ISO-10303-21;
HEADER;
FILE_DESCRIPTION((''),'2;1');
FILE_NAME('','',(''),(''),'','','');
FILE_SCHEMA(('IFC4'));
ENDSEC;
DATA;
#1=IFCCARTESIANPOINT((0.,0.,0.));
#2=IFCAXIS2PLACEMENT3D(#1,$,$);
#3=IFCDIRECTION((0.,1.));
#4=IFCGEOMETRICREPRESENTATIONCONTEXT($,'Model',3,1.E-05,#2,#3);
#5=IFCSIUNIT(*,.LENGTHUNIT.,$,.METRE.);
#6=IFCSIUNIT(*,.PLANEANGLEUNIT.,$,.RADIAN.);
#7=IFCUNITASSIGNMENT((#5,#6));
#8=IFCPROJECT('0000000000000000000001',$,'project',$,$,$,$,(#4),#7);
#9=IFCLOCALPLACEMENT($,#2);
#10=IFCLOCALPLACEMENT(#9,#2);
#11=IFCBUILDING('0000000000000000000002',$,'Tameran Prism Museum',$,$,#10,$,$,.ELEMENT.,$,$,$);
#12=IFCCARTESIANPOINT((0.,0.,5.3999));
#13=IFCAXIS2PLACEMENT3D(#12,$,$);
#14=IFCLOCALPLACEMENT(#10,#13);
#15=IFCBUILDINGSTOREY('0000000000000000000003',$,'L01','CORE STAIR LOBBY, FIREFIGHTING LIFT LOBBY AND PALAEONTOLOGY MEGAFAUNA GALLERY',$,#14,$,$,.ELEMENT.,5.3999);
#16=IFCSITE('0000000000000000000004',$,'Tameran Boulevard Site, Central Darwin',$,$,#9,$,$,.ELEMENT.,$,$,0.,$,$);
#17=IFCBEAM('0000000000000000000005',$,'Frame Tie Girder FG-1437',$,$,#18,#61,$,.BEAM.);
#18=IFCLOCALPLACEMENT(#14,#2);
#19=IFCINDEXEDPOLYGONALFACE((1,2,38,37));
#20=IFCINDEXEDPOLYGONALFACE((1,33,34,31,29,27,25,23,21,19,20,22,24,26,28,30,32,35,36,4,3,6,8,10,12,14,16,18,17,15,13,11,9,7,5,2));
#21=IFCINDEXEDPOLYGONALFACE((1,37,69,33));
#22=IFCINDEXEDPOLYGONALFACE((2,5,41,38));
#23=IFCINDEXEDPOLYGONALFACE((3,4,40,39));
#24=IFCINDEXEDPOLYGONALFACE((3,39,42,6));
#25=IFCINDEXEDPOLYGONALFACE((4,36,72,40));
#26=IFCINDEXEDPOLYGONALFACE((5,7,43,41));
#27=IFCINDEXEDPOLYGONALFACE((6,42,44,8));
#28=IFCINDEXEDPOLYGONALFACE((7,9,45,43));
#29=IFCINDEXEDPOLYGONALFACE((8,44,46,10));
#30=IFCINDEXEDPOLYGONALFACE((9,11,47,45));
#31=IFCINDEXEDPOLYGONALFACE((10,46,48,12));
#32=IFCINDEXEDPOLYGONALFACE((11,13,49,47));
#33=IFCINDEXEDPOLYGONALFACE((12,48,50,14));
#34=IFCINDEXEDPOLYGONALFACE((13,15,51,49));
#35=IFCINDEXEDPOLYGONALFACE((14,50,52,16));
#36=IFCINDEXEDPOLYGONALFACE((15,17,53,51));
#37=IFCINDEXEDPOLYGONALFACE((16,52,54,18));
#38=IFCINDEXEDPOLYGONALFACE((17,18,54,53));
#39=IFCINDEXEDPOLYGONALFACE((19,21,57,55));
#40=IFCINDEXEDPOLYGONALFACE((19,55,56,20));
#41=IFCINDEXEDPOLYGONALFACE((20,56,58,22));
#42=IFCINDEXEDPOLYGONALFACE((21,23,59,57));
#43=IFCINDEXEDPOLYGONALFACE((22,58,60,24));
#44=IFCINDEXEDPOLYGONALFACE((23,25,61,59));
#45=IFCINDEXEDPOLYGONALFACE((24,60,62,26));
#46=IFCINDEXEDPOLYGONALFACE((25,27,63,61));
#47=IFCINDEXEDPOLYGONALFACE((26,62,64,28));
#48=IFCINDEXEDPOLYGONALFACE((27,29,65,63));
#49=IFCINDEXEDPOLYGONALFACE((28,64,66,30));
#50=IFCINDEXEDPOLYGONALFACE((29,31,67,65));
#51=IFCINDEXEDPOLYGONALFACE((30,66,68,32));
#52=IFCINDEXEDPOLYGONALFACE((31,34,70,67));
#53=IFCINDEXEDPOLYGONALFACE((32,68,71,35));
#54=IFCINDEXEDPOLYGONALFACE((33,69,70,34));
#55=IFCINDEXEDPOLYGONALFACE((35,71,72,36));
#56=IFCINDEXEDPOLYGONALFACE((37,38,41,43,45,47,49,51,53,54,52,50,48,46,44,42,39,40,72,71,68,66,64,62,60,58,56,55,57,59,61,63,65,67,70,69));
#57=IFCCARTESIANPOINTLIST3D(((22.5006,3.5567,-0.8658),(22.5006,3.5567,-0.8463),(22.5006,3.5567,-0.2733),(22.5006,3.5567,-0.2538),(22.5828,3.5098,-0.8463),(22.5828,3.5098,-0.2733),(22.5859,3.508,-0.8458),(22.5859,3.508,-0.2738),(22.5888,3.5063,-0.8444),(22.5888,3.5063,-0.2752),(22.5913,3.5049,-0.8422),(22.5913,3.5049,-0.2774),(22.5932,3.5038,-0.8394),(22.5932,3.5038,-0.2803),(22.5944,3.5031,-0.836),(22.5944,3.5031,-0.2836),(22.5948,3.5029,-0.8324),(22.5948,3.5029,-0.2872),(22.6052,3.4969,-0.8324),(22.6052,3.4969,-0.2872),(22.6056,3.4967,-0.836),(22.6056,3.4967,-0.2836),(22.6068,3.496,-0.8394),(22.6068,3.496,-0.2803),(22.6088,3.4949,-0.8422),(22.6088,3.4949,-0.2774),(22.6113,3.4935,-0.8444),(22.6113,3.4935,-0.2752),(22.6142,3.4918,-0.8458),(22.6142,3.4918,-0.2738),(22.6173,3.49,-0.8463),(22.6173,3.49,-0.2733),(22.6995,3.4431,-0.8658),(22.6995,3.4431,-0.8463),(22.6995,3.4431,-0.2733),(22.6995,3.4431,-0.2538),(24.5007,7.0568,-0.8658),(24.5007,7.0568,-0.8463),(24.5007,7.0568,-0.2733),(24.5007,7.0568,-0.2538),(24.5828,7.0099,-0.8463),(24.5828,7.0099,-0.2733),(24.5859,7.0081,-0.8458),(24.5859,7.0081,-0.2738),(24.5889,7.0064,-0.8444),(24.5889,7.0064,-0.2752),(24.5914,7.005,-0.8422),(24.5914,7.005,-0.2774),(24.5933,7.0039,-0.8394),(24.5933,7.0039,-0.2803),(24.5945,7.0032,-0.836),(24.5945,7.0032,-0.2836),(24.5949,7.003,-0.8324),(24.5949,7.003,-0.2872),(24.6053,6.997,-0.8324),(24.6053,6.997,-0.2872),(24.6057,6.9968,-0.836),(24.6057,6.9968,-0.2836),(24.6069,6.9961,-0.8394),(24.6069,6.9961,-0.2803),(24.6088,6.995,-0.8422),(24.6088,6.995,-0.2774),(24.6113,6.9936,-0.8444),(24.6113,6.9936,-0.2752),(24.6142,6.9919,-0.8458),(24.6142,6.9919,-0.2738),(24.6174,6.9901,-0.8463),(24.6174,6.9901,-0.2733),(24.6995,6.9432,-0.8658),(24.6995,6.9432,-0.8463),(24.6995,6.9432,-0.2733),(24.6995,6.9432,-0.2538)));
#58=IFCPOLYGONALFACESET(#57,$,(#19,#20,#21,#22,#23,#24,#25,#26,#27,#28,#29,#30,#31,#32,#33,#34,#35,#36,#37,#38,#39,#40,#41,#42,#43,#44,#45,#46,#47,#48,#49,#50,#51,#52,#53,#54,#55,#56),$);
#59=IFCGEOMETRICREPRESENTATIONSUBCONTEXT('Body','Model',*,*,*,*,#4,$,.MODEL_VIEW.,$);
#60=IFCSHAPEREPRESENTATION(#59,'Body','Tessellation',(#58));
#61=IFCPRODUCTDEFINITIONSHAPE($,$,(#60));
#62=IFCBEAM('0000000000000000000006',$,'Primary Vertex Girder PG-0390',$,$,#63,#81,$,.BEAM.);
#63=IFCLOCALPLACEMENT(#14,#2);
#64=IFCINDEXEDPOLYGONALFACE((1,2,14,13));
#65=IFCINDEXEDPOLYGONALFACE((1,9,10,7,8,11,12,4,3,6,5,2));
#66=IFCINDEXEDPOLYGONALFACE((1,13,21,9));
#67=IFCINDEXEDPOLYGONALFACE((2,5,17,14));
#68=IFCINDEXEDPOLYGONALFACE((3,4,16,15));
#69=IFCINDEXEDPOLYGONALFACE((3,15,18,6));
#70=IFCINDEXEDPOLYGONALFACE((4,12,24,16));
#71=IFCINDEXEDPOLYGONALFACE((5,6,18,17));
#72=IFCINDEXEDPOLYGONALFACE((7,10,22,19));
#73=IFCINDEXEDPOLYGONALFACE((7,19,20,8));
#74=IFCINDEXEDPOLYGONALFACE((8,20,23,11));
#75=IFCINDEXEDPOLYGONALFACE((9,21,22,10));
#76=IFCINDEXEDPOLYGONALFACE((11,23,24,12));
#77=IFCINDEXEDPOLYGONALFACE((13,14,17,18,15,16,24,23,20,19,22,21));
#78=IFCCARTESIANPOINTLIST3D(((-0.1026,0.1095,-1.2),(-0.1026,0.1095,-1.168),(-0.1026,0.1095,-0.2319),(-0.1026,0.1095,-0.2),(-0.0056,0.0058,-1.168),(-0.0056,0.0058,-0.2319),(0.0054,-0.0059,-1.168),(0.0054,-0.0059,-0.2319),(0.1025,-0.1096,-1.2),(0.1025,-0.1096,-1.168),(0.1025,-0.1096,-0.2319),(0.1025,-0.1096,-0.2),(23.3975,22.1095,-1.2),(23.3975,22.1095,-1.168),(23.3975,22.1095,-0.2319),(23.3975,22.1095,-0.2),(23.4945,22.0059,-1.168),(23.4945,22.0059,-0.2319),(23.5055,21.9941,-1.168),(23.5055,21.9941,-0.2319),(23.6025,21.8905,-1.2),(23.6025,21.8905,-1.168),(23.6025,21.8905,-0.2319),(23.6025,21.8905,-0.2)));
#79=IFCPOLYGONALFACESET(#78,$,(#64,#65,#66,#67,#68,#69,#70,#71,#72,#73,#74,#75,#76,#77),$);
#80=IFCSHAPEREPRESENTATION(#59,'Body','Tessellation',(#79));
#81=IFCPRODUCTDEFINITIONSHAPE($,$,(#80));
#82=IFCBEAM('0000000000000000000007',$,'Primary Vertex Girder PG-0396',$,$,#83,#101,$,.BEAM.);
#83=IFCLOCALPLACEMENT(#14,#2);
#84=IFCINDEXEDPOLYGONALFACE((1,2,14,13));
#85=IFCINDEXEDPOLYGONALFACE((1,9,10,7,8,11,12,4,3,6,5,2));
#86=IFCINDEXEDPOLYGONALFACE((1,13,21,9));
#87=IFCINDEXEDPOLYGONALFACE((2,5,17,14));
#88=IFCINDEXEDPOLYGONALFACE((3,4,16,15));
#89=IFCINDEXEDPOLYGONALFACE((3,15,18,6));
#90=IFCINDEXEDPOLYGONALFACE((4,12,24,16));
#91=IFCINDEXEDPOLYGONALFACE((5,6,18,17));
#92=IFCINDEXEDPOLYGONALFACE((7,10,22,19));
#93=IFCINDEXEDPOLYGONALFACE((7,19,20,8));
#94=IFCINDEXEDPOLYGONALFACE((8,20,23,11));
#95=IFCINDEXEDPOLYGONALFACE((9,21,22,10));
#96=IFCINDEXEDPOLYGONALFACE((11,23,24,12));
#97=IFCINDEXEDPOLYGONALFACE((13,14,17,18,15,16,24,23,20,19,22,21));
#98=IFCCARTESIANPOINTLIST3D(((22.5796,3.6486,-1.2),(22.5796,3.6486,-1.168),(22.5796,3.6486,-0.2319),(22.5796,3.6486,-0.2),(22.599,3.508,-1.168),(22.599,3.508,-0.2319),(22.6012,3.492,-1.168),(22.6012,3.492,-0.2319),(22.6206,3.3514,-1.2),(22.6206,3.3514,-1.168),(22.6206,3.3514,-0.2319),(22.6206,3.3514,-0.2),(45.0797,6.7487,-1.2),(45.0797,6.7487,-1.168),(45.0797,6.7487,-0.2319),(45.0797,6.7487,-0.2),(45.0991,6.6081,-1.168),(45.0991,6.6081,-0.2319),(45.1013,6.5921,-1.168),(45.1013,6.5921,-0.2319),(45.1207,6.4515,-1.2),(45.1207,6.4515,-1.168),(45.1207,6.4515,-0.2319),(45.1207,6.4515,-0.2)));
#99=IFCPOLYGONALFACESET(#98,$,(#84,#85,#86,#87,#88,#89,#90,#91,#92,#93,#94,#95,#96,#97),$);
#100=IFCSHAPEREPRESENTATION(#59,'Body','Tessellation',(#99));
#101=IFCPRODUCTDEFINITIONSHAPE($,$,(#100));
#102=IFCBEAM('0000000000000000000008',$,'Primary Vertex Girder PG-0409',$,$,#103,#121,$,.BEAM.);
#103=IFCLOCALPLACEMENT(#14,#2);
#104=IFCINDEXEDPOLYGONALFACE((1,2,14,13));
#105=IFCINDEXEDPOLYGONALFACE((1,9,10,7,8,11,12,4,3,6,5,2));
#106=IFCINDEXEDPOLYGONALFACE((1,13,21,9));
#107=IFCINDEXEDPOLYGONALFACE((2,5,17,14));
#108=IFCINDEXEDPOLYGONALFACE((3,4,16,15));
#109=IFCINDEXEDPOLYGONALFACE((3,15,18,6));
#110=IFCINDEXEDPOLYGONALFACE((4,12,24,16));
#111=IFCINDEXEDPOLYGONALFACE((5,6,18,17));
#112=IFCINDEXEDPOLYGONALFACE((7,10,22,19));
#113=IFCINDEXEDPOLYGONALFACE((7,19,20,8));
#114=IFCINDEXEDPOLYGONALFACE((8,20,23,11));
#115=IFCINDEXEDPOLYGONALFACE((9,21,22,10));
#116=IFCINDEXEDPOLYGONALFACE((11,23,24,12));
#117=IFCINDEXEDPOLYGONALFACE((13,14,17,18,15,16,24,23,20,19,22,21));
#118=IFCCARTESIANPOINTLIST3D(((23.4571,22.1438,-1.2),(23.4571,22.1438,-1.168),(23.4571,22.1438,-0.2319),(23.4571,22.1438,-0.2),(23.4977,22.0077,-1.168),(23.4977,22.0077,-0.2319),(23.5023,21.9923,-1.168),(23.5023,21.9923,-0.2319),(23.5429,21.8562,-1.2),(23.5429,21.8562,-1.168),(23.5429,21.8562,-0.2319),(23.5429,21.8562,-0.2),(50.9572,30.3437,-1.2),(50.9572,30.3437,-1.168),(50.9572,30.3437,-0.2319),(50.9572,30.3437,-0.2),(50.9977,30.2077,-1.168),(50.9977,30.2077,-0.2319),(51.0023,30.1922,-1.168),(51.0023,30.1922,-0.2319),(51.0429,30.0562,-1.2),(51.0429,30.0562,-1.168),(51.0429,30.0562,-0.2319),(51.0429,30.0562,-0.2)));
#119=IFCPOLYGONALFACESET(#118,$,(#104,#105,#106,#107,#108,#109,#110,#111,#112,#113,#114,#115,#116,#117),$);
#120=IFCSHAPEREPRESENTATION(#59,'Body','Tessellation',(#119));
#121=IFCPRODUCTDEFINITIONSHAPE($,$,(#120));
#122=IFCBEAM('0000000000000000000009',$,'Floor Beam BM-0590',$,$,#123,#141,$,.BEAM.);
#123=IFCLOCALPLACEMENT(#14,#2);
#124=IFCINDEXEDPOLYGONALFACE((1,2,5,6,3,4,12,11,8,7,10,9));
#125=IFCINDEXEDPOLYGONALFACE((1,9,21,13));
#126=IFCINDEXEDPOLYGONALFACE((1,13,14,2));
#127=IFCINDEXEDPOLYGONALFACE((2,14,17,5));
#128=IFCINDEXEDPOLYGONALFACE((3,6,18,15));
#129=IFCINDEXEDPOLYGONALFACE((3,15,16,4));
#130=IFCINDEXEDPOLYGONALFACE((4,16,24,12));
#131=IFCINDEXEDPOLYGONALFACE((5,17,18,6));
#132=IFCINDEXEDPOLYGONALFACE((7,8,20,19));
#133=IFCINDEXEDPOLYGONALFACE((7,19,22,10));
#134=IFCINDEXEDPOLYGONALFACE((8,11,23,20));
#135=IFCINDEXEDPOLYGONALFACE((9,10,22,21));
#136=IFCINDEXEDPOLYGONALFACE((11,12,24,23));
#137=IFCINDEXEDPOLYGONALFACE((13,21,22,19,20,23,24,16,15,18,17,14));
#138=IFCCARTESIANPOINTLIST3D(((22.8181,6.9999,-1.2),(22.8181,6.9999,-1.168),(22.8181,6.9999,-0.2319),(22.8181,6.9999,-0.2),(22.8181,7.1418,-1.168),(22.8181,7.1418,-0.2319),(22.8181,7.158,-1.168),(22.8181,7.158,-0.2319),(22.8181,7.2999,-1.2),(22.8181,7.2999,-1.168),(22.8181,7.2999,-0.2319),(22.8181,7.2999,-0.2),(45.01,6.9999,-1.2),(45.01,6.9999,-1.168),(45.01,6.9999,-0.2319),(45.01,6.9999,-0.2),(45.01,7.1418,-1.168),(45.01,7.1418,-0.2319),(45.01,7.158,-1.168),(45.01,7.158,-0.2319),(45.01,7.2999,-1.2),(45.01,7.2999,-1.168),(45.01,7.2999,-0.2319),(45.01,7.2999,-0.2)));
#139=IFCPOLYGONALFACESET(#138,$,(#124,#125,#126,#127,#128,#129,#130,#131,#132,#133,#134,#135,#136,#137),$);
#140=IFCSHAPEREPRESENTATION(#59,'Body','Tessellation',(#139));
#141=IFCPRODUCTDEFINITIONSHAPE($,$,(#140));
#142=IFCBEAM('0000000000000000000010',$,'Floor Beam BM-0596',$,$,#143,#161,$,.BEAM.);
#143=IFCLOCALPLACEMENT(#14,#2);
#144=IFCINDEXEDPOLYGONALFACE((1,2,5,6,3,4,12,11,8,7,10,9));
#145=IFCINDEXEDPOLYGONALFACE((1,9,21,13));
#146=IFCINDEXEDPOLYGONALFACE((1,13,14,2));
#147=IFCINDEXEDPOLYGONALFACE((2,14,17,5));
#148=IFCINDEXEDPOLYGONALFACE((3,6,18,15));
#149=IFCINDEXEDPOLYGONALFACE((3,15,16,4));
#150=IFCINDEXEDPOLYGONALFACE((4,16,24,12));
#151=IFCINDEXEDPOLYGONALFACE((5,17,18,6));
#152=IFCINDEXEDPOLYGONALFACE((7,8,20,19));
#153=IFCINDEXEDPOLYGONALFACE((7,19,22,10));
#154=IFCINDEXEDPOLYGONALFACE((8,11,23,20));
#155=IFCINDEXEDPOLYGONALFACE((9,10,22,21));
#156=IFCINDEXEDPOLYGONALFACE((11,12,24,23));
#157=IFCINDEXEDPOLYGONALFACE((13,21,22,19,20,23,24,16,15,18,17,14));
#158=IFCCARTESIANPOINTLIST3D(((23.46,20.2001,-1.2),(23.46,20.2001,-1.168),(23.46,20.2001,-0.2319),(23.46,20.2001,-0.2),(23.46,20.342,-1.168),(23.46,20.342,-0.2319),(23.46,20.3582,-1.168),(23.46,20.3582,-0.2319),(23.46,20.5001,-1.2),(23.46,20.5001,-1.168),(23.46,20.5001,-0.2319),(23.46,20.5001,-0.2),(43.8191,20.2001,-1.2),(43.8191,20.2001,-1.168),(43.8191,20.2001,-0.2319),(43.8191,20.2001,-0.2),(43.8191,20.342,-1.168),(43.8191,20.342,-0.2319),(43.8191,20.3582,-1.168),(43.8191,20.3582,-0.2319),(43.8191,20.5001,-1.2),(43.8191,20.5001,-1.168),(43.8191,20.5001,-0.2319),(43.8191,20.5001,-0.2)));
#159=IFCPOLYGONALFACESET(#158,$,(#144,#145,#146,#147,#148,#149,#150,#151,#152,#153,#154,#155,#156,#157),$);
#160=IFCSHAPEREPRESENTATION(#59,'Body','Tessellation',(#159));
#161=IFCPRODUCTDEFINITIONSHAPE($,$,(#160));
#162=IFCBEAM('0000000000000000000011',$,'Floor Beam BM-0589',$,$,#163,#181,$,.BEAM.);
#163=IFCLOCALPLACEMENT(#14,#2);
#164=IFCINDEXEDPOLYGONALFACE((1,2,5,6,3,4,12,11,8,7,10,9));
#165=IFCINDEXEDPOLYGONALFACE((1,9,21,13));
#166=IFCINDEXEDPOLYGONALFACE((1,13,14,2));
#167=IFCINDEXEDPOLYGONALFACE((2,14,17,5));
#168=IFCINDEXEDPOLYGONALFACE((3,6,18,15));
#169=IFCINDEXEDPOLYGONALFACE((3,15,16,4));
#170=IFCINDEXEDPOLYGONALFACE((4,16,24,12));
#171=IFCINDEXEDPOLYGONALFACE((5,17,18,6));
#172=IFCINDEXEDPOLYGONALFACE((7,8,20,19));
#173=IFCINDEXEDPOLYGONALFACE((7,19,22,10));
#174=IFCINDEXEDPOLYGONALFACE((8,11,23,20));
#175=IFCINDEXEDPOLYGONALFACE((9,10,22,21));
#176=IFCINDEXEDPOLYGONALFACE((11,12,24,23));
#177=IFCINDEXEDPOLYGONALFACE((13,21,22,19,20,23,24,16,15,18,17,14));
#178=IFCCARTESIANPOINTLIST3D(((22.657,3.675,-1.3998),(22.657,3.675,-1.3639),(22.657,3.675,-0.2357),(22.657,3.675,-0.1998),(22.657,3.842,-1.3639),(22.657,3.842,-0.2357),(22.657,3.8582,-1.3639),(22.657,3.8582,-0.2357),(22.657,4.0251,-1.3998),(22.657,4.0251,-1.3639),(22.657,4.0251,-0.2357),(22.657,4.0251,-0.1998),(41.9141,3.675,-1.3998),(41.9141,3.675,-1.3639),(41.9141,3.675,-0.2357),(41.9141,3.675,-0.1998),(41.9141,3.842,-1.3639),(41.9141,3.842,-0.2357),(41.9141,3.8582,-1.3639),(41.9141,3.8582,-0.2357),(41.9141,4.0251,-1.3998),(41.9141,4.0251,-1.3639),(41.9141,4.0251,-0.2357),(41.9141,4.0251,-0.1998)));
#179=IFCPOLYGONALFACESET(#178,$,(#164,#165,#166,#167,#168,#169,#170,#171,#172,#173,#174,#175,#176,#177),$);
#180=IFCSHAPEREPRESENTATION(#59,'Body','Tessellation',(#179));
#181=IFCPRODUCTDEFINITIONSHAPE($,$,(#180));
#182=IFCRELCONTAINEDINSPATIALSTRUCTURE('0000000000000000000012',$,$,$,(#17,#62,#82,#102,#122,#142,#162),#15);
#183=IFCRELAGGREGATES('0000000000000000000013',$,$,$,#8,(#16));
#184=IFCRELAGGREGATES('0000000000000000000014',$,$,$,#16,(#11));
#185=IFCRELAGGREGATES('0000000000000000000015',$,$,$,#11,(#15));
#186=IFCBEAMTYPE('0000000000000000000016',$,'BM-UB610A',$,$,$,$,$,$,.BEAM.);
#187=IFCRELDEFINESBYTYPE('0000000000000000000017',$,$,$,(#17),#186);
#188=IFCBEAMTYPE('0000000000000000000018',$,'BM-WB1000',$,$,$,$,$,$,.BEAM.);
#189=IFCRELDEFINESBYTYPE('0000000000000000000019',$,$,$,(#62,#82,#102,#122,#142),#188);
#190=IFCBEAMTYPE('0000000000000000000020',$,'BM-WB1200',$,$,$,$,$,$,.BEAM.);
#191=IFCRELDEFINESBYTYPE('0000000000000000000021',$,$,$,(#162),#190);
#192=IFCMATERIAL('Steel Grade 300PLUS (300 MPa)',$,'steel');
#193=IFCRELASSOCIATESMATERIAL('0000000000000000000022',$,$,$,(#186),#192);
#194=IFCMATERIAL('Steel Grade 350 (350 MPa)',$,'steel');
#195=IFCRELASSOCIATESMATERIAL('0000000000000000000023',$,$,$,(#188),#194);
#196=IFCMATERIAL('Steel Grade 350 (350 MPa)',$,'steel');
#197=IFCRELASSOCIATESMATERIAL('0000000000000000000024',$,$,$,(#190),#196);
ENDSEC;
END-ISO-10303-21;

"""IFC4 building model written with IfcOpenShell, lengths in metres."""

from ifc_helpers import new_model, si_unit, direction, frame, origin, origin_2d, place, context, subcontext, project, spatial, i_section, extrude, material, material_profile, profile_set, type_object, element, save


model = new_model("IFC4")

# Units and contexts
model_context = context("Model", 3, precision=1e-05, world=origin(), true_north=direction((0.0, 1.0)))
body_context = subcontext(model_context, "Body", "Model", "MODEL_VIEW")
ifc_project = project(units=[si_unit("LENGTHUNIT", "METRE"), si_unit("PLANEANGLEUNIT", "RADIAN")], contexts=[model_context])

# Site, building, storey
site_placement = place(None, origin())
site = spatial("IfcSite", under=ifc_project, at=site_placement, Name="Tameran Boulevard Site, Central Darwin", CompositionType="ELEMENT", RefElevation=0.0)
building_placement = place(site_placement, origin())
building = spatial("IfcBuilding", under=site, at=building_placement, Name="Tameran Prism Museum", CompositionType="ELEMENT")
storey_placement = place(building_placement, frame((0.0, 0.0, 5.3999)))
storey = spatial("IfcBuildingStorey", under=building, at=storey_placement, Name="L01", Description="CORE STAIR LOBBY, FIREFIGHTING LIFT LOBBY AND PALAEONTOLOGY MEGAFAUNA GALLERY", CompositionType="ELEMENT", Elevation=5.3999)

# Beams
ifc_material_1 = material(Name="Steel Grade 300PLUS (300 MPa)", Category="steel")
ifc_material_profile_1 = material_profile(ifc_material_1, i_section(OverallWidth=0.229, OverallDepth=0.6121, WebThickness=0.012, FlangeThickness=0.0195, FilletRadius=0.0139, at=origin_2d()))
ifc_profile_set_1 = profile_set([ifc_material_profile_1])
beam_type_1 = type_object("IfcBeamType", Name="BM-UB610A", PredefinedType="BEAM", material=ifc_profile_set_1)
beam_1_placement = place(storey_placement, frame((24.6001, 7.0, -0.5598), z_axis=(-0.496139, -0.868243, 0.0), x_axis=(0.868243, -0.496139, 0.0)))
element("IfcBeam", 1, at=beam_1_placement, inside=storey, type_object=beam_type_1, Name="Frame Tie Girder FG-1437", PredefinedType="BEAM", context=body_context, shape_type="SweptSolid", body=[
    extrude(i_section(OverallWidth=0.229, OverallDepth=0.6121, WebThickness=0.012, FlangeThickness=0.0195, FilletRadius=0.0139, at=origin_2d()), origin(), (0.0, 0.0, 1.0), 4.0312),
])
ifc_material_2 = material(Name="Steel Grade 350 (350 MPa)", Category="steel")
ifc_material_profile_2 = material_profile(ifc_material_2, i_section(OverallWidth=0.3, OverallDepth=1.0, WebThickness=0.0161, FlangeThickness=0.032, at=origin_2d()))
ifc_profile_set_2 = profile_set([ifc_material_profile_2])
beam_type_2 = type_object("IfcBeamType", Name="BM-WB1000", PredefinedType="BEAM", material=ifc_profile_set_2)
beam_2_placement = place(storey_placement, frame((23.5, 22.0, -0.7), z_axis=(-0.730021, -0.683424, 0.0), x_axis=(0.683424, -0.730021, 0.0)))
element("IfcBeam", 2, at=beam_2_placement, inside=storey, type_object=beam_type_2, Name="Primary Vertex Girder PG-0390", PredefinedType="BEAM", context=body_context, shape_type="SweptSolid", body=[
    extrude(i_section(OverallWidth=0.3, OverallDepth=1.0, WebThickness=0.0161, FlangeThickness=0.032, at=origin_2d()), origin(), (0.0, 0.0, 1.0), 32.1909),
])
beam_3_placement = place(storey_placement, frame((22.6001, 3.5, -0.7), z_axis=(0.990641, 0.136493, 0.0), x_axis=(-0.136493, 0.990641, 0.0)))
element("IfcBeam", 3, at=beam_3_placement, inside=storey, type_object=beam_type_2, Name="Primary Vertex Girder PG-0396", PredefinedType="BEAM", context=body_context, shape_type="SweptSolid", body=[
    extrude(i_section(OverallWidth=0.3, OverallDepth=1.0, WebThickness=0.0161, FlangeThickness=0.032, at=origin_2d()), origin(), (0.0, 0.0, 1.0), 22.7126),
])
beam_4_placement = place(storey_placement, frame((23.5, 22.0, -0.7), z_axis=(0.958305, 0.285747, 0.0), x_axis=(-0.285747, 0.958305, 0.0)))
element("IfcBeam", 4, at=beam_4_placement, inside=storey, type_object=beam_type_2, Name="Primary Vertex Girder PG-0409", PredefinedType="BEAM", context=body_context, shape_type="SweptSolid", body=[
    extrude(i_section(OverallWidth=0.3, OverallDepth=1.0, WebThickness=0.0161, FlangeThickness=0.032, at=origin_2d()), origin(), (0.0, 0.0, 1.0), 28.6965),
])
beam_5_placement = place(storey_placement, frame((22.8181, 7.1499, -0.7), z_axis=(1.0, 0.0, 0.0), x_axis=(0.0, 1.0, 0.0)))
element("IfcBeam", 5, at=beam_5_placement, inside=storey, type_object=beam_type_2, Name="Floor Beam BM-0590", PredefinedType="BEAM", context=body_context, shape_type="SweptSolid", body=[
    extrude(i_section(OverallWidth=0.3, OverallDepth=1.0, WebThickness=0.0161, FlangeThickness=0.032, at=origin_2d()), origin(), (0.0, 0.0, 1.0), 22.1919),
])
beam_6_placement = place(storey_placement, frame((23.46, 20.3501, -0.7), z_axis=(1.0, 0.0, 0.0), x_axis=(0.0, 1.0, 0.0)))
element("IfcBeam", 6, at=beam_6_placement, inside=storey, type_object=beam_type_2, Name="Floor Beam BM-0596", PredefinedType="BEAM", context=body_context, shape_type="SweptSolid", body=[
    extrude(i_section(OverallWidth=0.3, OverallDepth=1.0, WebThickness=0.0161, FlangeThickness=0.032, at=origin_2d()), origin(), (0.0, 0.0, 1.0), 20.3591),
])
ifc_material_3 = material(Name="Steel Grade 350 (350 MPa)", Category="steel")
ifc_material_profile_3 = material_profile(ifc_material_3, i_section(OverallWidth=0.3501, OverallDepth=1.2, WebThickness=0.0161, FlangeThickness=0.0359, at=origin_2d()))
ifc_profile_set_3 = profile_set([ifc_material_profile_3])
beam_type_3 = type_object("IfcBeamType", Name="BM-WB1200", PredefinedType="BEAM", material=ifc_profile_set_3)
beam_7_placement = place(storey_placement, frame((22.657, 3.8501, -0.7998), z_axis=(1.0, 0.0, 0.0), x_axis=(0.0, 1.0, 0.0)))
element("IfcBeam", 7, at=beam_7_placement, inside=storey, type_object=beam_type_3, Name="Floor Beam BM-0589", PredefinedType="BEAM", context=body_context, shape_type="SweptSolid", body=[
    extrude(i_section(OverallWidth=0.3501, OverallDepth=1.2, WebThickness=0.0161, FlangeThickness=0.0359, at=origin_2d()), origin(), (0.0, 0.0, 1.0), 19.2571),
])

save(model, "model.ifc")
